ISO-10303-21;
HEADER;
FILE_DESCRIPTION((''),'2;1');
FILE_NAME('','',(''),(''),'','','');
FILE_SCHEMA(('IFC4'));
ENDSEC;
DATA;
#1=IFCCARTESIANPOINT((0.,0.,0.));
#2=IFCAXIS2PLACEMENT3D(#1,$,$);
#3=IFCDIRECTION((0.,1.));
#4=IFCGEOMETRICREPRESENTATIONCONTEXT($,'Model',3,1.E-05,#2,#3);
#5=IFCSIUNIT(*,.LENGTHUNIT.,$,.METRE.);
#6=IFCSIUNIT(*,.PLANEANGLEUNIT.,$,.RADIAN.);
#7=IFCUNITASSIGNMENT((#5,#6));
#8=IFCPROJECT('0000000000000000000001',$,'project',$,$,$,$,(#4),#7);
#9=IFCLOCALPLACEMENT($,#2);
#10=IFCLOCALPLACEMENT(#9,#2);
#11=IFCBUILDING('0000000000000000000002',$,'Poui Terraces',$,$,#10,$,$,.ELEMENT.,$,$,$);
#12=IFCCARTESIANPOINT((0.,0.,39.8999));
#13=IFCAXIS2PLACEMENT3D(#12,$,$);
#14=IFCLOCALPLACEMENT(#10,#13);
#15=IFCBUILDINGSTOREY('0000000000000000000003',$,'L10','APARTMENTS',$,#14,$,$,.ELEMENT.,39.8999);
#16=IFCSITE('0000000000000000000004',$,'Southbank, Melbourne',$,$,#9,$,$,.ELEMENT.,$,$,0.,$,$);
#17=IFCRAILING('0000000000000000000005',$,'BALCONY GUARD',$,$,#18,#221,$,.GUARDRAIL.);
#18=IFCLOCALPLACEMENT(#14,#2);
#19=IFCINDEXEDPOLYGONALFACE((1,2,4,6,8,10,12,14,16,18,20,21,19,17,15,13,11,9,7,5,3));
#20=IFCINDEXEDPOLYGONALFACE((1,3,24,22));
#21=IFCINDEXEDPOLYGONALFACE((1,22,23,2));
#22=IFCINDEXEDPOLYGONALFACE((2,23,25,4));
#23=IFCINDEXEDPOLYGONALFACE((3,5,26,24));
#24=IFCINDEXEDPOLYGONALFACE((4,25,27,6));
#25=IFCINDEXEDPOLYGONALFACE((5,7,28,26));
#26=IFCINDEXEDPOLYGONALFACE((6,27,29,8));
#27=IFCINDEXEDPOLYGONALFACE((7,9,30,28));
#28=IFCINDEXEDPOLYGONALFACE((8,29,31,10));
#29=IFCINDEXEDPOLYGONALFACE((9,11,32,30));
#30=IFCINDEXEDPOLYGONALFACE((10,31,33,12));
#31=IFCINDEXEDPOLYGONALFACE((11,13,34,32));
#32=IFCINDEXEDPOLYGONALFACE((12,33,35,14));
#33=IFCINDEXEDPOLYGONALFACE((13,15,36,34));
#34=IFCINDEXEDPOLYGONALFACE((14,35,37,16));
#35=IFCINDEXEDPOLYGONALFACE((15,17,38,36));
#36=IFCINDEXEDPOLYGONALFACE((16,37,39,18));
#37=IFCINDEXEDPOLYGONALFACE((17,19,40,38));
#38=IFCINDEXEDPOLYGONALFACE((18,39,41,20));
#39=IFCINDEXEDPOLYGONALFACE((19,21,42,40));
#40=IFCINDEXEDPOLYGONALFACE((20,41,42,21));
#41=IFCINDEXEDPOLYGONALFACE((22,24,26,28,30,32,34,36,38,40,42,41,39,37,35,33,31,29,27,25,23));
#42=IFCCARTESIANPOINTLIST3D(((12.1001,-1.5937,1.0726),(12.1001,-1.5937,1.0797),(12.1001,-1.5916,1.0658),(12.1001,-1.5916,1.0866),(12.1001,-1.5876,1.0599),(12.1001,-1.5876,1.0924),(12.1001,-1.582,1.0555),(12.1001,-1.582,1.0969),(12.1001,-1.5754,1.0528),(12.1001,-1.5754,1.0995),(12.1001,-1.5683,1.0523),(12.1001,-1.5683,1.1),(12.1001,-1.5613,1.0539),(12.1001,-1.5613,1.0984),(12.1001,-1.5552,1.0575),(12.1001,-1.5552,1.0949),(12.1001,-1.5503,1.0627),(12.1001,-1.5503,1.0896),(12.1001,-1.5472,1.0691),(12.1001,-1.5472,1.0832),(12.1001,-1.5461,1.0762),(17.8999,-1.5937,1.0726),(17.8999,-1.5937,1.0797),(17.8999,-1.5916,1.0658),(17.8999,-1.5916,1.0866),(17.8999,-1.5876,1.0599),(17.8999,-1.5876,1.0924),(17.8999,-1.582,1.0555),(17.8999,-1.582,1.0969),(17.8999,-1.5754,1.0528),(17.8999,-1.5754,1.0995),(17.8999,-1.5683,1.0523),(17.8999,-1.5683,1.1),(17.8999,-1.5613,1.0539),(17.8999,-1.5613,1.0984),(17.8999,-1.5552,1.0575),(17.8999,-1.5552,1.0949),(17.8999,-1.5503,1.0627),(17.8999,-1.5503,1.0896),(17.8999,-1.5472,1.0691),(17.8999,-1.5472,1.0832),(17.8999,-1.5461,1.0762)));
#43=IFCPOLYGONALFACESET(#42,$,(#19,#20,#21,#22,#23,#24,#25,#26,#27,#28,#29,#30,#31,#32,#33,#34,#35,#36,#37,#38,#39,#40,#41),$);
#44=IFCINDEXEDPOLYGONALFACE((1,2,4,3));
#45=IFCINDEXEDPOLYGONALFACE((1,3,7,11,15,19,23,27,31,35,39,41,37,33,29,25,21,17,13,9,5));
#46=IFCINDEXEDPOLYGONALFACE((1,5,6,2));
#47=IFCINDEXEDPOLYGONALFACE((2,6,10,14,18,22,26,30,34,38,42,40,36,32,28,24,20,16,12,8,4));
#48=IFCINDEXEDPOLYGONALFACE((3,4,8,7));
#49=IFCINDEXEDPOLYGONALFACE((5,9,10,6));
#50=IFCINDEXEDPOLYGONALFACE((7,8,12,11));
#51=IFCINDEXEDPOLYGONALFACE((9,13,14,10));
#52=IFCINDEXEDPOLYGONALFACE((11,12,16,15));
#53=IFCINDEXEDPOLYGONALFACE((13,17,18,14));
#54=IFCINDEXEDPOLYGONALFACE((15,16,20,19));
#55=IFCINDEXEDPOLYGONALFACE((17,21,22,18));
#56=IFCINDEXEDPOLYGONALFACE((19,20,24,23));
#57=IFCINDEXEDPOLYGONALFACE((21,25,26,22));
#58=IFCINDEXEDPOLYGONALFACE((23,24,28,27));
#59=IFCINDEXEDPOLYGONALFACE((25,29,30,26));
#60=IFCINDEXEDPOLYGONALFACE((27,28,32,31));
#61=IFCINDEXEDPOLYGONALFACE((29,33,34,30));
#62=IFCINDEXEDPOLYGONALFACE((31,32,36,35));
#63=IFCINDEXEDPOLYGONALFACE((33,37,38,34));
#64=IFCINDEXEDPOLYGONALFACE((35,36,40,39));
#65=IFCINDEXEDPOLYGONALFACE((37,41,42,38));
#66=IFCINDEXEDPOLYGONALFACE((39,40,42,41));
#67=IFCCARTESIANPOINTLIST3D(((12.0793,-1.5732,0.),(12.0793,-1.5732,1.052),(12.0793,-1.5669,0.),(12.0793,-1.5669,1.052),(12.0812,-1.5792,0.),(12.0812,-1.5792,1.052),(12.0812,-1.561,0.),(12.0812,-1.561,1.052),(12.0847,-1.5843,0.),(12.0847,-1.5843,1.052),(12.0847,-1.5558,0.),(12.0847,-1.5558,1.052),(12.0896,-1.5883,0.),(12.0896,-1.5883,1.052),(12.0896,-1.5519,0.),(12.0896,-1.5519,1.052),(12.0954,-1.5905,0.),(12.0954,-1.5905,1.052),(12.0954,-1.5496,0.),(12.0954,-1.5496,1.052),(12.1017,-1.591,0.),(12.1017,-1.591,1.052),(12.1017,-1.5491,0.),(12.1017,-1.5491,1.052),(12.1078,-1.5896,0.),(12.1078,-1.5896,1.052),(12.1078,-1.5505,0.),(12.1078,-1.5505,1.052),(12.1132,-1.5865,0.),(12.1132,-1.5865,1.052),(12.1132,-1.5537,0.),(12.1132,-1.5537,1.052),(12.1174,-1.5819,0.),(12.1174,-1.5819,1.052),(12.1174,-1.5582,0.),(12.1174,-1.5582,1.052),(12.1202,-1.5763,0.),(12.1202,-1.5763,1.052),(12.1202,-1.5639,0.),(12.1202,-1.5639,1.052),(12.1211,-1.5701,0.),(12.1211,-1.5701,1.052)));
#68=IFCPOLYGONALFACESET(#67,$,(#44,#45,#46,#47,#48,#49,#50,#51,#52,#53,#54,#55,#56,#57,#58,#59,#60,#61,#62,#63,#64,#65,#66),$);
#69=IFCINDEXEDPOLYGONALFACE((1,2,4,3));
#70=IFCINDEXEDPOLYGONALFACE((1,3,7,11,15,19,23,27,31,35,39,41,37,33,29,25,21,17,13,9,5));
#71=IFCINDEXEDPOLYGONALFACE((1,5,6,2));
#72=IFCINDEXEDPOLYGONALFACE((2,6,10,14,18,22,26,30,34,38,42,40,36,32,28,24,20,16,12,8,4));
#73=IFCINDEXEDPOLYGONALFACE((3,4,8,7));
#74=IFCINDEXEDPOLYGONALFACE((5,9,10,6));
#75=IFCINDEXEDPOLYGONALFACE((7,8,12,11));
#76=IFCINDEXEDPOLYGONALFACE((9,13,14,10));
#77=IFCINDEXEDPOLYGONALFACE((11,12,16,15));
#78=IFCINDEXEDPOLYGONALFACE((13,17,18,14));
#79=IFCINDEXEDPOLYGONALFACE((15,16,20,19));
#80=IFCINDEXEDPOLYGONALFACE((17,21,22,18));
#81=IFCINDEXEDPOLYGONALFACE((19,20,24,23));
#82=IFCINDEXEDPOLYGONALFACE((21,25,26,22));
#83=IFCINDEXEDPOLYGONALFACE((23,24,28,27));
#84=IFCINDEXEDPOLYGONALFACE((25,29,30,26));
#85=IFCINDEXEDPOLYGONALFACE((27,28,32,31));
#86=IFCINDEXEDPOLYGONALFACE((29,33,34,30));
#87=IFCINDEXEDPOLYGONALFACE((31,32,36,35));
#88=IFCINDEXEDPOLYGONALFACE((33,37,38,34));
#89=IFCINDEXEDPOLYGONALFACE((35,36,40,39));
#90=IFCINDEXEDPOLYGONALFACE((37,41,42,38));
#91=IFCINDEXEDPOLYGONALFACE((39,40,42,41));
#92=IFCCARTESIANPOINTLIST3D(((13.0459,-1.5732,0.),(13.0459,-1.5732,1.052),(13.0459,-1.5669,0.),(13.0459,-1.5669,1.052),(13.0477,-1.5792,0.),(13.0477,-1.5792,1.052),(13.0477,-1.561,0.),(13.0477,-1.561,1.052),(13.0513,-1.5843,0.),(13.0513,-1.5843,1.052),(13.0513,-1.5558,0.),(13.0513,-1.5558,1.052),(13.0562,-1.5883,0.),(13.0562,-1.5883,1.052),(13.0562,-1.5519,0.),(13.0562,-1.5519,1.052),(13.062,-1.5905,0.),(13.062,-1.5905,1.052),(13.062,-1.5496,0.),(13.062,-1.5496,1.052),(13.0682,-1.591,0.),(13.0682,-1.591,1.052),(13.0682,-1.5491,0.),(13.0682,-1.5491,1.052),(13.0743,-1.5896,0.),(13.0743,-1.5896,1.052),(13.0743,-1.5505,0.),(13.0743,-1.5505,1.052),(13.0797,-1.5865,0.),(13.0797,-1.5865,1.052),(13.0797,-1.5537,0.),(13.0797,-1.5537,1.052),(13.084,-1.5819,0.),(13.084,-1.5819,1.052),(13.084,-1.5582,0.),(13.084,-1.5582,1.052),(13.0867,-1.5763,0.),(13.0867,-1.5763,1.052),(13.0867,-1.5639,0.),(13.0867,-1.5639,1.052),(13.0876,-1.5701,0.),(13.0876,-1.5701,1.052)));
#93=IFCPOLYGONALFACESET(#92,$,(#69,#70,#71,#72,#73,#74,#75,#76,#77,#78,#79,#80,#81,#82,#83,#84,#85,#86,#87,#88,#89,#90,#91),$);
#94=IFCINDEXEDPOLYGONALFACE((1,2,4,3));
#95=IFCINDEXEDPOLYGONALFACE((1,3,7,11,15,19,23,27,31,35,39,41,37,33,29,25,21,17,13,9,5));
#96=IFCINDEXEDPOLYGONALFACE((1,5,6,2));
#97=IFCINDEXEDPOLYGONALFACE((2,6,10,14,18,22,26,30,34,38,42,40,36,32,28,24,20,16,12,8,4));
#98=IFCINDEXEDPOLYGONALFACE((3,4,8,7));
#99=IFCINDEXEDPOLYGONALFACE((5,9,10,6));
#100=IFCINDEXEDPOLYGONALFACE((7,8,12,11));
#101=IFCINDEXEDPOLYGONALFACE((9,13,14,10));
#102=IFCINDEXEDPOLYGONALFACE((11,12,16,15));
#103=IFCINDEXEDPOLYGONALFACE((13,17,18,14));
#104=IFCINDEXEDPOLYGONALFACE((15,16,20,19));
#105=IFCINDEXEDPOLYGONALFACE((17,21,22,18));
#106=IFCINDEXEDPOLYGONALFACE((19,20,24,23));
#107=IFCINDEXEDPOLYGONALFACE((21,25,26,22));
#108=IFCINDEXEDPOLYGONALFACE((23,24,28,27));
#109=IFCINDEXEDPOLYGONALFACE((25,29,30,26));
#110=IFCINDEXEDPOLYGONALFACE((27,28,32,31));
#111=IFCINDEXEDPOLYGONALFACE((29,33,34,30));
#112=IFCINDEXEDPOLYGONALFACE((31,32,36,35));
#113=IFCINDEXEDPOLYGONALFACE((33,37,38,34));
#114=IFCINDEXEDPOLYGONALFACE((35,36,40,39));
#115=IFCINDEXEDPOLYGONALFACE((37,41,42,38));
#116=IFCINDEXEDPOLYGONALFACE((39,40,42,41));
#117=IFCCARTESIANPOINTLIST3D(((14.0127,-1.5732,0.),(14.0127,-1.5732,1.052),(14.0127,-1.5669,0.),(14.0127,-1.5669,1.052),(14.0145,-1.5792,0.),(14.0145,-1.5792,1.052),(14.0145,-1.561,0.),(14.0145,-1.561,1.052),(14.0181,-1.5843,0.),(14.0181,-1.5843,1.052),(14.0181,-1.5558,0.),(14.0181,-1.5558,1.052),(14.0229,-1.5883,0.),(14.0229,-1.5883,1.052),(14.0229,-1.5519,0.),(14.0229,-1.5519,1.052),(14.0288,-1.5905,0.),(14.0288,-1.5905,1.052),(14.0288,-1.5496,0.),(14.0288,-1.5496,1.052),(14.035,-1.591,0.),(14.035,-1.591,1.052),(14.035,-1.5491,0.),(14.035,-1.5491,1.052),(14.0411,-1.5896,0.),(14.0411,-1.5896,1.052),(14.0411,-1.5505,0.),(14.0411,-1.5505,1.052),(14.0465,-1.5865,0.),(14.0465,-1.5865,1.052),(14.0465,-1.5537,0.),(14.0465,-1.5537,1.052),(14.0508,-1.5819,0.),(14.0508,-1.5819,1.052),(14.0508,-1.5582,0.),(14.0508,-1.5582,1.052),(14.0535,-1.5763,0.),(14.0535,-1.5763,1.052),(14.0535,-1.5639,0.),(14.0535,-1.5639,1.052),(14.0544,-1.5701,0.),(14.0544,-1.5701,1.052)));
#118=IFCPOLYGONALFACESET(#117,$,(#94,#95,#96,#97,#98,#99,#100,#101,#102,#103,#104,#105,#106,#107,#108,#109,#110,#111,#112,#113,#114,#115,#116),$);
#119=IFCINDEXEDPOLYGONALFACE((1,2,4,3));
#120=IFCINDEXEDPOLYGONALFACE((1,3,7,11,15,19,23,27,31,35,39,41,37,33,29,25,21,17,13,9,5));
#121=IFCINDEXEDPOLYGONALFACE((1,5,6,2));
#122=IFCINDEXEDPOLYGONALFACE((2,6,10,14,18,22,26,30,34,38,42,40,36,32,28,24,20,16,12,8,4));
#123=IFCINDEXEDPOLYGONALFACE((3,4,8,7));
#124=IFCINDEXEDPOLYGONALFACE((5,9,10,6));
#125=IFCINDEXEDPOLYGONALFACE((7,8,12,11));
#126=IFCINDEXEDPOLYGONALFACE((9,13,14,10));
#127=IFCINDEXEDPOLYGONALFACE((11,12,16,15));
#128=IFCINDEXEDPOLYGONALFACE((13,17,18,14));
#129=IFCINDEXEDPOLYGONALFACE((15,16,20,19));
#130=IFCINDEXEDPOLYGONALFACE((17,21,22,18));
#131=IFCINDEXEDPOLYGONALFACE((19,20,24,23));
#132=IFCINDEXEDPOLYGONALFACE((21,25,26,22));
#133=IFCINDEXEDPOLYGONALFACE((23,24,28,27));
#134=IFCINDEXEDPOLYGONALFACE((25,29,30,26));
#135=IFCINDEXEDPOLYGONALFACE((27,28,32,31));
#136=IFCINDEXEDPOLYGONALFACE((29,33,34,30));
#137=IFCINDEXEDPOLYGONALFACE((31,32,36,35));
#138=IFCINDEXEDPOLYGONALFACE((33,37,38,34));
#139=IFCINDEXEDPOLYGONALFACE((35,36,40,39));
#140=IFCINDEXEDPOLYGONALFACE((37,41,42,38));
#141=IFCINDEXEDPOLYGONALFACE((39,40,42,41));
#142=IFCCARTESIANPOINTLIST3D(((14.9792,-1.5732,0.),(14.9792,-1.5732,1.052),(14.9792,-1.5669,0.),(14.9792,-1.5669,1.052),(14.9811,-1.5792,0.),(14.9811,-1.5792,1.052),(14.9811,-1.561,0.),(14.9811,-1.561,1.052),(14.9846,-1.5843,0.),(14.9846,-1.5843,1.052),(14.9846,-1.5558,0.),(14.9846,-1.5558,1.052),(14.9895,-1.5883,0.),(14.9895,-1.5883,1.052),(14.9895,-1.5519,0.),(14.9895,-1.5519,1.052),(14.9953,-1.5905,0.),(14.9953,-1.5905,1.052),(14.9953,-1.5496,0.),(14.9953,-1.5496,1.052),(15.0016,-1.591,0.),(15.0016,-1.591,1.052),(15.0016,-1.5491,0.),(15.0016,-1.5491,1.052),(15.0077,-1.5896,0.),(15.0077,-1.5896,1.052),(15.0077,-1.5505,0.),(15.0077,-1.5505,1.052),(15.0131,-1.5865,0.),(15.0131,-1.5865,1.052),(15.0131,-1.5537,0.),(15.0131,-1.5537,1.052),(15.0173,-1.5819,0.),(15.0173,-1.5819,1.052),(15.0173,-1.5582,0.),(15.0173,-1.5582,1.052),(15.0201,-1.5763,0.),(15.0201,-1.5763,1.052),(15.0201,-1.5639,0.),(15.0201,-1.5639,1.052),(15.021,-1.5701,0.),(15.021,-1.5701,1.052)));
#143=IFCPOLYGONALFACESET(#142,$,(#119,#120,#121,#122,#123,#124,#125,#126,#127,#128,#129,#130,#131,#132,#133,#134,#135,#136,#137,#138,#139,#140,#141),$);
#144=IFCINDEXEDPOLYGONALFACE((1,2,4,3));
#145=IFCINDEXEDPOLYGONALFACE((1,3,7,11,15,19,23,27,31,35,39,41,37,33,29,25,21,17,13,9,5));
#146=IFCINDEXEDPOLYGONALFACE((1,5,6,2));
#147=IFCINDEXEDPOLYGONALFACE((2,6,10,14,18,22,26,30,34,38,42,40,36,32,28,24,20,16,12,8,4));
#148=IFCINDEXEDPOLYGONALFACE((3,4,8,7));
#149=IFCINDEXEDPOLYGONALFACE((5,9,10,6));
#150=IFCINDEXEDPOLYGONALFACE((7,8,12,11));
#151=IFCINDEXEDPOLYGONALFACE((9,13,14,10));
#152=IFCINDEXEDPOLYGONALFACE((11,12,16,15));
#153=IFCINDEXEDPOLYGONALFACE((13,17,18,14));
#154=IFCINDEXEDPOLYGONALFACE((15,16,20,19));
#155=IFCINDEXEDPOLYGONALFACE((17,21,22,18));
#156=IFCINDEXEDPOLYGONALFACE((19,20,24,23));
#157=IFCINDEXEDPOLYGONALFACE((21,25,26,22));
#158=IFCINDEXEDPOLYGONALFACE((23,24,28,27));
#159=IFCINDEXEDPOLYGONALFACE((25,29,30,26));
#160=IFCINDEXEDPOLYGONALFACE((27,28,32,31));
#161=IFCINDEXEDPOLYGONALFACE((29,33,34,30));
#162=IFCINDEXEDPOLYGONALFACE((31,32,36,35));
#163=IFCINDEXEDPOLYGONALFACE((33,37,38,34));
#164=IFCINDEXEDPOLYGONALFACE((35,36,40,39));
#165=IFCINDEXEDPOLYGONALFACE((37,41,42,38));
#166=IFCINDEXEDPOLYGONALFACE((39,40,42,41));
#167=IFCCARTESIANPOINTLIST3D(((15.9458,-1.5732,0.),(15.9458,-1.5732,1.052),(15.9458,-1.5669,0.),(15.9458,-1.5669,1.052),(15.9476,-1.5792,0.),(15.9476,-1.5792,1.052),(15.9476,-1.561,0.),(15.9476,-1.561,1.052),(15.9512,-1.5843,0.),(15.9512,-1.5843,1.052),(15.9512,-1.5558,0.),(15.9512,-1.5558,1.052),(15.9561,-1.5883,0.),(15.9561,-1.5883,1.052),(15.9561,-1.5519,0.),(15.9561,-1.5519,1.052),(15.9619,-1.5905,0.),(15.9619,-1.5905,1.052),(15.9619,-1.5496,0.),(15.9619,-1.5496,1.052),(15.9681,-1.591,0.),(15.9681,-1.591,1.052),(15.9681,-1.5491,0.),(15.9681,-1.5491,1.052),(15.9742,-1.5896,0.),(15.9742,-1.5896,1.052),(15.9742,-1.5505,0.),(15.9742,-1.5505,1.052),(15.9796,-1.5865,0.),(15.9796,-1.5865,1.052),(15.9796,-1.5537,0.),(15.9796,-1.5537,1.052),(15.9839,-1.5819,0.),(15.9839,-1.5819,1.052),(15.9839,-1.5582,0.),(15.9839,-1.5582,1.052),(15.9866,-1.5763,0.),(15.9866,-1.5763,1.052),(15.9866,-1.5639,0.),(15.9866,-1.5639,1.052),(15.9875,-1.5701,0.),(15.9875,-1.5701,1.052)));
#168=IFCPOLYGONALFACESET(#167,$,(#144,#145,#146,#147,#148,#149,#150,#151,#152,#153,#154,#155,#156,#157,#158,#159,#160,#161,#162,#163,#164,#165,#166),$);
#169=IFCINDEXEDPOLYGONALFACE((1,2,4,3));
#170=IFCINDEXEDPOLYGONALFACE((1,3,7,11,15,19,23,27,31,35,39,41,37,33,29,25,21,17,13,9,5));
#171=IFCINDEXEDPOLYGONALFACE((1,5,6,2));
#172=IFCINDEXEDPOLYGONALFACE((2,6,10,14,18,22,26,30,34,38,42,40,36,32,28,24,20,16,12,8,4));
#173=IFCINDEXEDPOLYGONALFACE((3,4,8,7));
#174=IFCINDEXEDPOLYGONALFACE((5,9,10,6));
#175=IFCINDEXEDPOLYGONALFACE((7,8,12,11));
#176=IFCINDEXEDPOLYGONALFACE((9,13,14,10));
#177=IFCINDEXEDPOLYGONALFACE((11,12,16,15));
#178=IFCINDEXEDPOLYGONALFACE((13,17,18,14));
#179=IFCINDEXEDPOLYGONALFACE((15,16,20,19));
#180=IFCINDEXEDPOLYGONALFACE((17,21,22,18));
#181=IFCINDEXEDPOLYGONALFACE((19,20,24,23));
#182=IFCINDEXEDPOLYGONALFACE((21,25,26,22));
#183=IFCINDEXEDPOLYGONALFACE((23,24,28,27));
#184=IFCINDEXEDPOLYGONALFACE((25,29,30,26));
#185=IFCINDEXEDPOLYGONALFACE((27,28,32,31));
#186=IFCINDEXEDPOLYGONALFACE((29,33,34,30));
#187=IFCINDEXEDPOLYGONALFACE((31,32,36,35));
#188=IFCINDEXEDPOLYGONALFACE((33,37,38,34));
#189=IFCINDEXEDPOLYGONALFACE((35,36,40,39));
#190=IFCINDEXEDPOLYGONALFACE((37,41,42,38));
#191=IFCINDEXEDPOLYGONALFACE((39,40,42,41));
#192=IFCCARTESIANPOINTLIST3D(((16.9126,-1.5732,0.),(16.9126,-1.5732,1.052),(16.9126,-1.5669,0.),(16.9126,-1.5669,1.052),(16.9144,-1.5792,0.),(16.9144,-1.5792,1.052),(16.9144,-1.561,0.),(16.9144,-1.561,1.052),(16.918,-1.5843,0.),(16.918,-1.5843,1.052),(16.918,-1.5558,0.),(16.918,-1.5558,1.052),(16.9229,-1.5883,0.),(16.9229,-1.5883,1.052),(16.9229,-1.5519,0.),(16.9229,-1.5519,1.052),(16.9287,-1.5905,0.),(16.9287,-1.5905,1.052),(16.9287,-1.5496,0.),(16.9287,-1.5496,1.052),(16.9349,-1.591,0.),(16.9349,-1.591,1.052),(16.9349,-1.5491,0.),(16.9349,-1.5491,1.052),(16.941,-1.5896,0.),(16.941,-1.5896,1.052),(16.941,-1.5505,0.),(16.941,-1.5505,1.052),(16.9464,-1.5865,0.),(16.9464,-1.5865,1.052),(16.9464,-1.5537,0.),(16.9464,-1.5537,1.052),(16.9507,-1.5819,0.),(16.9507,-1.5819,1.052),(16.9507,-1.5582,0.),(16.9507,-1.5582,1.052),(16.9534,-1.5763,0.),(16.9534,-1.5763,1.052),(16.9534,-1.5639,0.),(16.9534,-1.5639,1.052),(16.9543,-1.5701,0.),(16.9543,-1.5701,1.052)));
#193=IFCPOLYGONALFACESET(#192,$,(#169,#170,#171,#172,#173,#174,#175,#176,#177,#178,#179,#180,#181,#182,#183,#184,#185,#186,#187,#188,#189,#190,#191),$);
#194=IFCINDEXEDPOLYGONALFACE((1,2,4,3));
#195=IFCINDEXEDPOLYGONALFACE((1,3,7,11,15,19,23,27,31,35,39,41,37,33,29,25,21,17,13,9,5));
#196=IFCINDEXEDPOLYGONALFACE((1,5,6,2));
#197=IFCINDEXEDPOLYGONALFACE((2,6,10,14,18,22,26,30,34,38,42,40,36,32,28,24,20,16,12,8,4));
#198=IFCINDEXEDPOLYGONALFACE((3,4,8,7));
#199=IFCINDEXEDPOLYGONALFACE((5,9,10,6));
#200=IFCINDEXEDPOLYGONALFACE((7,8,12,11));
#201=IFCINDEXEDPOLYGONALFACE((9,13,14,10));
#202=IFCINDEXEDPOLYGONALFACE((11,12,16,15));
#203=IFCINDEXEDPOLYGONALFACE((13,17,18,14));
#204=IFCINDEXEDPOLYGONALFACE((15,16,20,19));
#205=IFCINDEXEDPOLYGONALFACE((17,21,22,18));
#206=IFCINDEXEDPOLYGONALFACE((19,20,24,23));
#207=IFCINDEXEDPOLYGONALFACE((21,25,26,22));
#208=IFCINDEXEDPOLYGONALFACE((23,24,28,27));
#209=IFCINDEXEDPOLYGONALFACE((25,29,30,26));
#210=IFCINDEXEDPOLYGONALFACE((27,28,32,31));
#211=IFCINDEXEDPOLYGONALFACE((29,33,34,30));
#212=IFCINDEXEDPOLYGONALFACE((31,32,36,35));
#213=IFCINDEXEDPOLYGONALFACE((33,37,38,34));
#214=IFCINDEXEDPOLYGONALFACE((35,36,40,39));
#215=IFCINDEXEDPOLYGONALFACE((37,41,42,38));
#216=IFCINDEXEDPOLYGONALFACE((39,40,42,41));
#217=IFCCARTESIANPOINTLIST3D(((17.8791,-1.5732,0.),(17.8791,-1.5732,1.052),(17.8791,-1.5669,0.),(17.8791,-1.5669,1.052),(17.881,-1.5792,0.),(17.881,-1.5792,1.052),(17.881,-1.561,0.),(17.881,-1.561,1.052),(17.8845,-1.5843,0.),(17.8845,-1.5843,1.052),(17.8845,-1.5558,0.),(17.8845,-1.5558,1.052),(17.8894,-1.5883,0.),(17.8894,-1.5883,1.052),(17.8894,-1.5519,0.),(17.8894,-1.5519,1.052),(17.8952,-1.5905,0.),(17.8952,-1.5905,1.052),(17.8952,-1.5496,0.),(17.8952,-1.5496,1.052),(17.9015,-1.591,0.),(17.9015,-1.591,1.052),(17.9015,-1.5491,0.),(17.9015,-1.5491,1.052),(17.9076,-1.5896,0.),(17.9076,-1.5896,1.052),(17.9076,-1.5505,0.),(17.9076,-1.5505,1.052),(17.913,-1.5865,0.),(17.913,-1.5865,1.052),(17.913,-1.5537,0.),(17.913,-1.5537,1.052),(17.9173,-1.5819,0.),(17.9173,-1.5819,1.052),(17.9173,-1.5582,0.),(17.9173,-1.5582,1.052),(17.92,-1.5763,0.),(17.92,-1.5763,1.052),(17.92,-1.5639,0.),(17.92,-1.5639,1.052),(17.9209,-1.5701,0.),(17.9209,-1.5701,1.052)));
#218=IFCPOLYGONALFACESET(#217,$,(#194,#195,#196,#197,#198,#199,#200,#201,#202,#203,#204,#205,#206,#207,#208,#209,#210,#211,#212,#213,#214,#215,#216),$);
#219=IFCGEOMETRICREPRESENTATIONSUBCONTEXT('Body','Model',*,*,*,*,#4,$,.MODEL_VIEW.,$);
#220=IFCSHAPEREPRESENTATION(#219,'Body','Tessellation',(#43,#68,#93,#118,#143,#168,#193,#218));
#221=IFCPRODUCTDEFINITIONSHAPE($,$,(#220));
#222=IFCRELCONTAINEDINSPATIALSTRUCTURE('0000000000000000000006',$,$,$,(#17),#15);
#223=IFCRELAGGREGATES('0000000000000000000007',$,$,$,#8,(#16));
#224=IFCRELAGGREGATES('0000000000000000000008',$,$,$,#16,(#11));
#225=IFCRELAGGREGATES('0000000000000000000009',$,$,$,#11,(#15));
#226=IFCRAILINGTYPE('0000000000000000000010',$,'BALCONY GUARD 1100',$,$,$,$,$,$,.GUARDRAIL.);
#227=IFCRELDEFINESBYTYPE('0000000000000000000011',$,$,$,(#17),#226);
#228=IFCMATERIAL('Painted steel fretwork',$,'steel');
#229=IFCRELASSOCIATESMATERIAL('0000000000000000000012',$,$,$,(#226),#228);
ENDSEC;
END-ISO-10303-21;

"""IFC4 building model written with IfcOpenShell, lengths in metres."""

from ifc_helpers import new_model, si_unit, direction, frame, origin, origin_2d, place, context, subcontext, project, spatial, circle, extrude, material, type_object, element, save


model = new_model("IFC4")

# Units and contexts
model_context = context("Model", 3, precision=1e-05, world=origin(), true_north=direction((0.0, 1.0)))
body_context = subcontext(model_context, "Body", "Model", "MODEL_VIEW")
ifc_project = project(units=[si_unit("LENGTHUNIT", "METRE"), si_unit("PLANEANGLEUNIT", "RADIAN")], contexts=[model_context])

# Site, building, storey
site_placement = place(None, origin())
site = spatial("IfcSite", under=ifc_project, at=site_placement, Name="Southbank, Melbourne", CompositionType="ELEMENT", RefElevation=0.0)
building_placement = place(site_placement, origin())
building = spatial("IfcBuilding", under=site, at=building_placement, Name="Poui Terraces", CompositionType="ELEMENT")
storey_placement = place(building_placement, frame((0.0, 0.0, 39.8999)))
storey = spatial("IfcBuildingStorey", under=building, at=storey_placement, Name="L10", Description="APARTMENTS", CompositionType="ELEMENT", Elevation=39.8999)

# Railing
ifc_material_1 = material(Name="Painted steel fretwork", Category="steel")
railing_type = type_object("IfcRailingType", Name="BALCONY GUARD 1100", PredefinedType="GUARDRAIL", material=ifc_material_1)
railing_placement = place(storey_placement, frame((12.1001, -1.5701, 0.0)))
element("IfcRailing", 1, at=railing_placement, inside=storey, type_object=railing_type, Name="BALCONY GUARD", PredefinedType="GUARDRAIL", context=body_context, shape_type="SweptSolid", body=[
    extrude(circle(Radius=0.0239, at=origin_2d()), frame((0.0, 0.0, 1.0762), z_axis=(1.0, 0.0, 0.0), x_axis=(0.0, 1.0, 0.0)), (0.0, 0.0, 1.0), 5.7998),
    extrude(circle(Radius=0.021, at=origin_2d()), origin(), (0.0, 0.0, 1.0), 1.052),
    extrude(circle(Radius=0.021, at=origin_2d()), frame((0.9666, 0.0, 0.0)), (0.0, 0.0, 1.0), 1.052),
    extrude(circle(Radius=0.021, at=origin_2d()), frame((1.9333, 0.0, 0.0)), (0.0, 0.0, 1.0), 1.052),
    extrude(circle(Radius=0.021, at=origin_2d()), frame((2.8999, 0.0, 0.0)), (0.0, 0.0, 1.0), 1.052),
    extrude(circle(Radius=0.021, at=origin_2d()), frame((3.8665, 0.0, 0.0)), (0.0, 0.0, 1.0), 1.052),
    extrude(circle(Radius=0.021, at=origin_2d()), frame((4.8333, 0.0, 0.0)), (0.0, 0.0, 1.0), 1.052),
    extrude(circle(Radius=0.021, at=origin_2d()), frame((5.7998, 0.0, 0.0)), (0.0, 0.0, 1.0), 1.052),
])

save(model, "model.ifc")
